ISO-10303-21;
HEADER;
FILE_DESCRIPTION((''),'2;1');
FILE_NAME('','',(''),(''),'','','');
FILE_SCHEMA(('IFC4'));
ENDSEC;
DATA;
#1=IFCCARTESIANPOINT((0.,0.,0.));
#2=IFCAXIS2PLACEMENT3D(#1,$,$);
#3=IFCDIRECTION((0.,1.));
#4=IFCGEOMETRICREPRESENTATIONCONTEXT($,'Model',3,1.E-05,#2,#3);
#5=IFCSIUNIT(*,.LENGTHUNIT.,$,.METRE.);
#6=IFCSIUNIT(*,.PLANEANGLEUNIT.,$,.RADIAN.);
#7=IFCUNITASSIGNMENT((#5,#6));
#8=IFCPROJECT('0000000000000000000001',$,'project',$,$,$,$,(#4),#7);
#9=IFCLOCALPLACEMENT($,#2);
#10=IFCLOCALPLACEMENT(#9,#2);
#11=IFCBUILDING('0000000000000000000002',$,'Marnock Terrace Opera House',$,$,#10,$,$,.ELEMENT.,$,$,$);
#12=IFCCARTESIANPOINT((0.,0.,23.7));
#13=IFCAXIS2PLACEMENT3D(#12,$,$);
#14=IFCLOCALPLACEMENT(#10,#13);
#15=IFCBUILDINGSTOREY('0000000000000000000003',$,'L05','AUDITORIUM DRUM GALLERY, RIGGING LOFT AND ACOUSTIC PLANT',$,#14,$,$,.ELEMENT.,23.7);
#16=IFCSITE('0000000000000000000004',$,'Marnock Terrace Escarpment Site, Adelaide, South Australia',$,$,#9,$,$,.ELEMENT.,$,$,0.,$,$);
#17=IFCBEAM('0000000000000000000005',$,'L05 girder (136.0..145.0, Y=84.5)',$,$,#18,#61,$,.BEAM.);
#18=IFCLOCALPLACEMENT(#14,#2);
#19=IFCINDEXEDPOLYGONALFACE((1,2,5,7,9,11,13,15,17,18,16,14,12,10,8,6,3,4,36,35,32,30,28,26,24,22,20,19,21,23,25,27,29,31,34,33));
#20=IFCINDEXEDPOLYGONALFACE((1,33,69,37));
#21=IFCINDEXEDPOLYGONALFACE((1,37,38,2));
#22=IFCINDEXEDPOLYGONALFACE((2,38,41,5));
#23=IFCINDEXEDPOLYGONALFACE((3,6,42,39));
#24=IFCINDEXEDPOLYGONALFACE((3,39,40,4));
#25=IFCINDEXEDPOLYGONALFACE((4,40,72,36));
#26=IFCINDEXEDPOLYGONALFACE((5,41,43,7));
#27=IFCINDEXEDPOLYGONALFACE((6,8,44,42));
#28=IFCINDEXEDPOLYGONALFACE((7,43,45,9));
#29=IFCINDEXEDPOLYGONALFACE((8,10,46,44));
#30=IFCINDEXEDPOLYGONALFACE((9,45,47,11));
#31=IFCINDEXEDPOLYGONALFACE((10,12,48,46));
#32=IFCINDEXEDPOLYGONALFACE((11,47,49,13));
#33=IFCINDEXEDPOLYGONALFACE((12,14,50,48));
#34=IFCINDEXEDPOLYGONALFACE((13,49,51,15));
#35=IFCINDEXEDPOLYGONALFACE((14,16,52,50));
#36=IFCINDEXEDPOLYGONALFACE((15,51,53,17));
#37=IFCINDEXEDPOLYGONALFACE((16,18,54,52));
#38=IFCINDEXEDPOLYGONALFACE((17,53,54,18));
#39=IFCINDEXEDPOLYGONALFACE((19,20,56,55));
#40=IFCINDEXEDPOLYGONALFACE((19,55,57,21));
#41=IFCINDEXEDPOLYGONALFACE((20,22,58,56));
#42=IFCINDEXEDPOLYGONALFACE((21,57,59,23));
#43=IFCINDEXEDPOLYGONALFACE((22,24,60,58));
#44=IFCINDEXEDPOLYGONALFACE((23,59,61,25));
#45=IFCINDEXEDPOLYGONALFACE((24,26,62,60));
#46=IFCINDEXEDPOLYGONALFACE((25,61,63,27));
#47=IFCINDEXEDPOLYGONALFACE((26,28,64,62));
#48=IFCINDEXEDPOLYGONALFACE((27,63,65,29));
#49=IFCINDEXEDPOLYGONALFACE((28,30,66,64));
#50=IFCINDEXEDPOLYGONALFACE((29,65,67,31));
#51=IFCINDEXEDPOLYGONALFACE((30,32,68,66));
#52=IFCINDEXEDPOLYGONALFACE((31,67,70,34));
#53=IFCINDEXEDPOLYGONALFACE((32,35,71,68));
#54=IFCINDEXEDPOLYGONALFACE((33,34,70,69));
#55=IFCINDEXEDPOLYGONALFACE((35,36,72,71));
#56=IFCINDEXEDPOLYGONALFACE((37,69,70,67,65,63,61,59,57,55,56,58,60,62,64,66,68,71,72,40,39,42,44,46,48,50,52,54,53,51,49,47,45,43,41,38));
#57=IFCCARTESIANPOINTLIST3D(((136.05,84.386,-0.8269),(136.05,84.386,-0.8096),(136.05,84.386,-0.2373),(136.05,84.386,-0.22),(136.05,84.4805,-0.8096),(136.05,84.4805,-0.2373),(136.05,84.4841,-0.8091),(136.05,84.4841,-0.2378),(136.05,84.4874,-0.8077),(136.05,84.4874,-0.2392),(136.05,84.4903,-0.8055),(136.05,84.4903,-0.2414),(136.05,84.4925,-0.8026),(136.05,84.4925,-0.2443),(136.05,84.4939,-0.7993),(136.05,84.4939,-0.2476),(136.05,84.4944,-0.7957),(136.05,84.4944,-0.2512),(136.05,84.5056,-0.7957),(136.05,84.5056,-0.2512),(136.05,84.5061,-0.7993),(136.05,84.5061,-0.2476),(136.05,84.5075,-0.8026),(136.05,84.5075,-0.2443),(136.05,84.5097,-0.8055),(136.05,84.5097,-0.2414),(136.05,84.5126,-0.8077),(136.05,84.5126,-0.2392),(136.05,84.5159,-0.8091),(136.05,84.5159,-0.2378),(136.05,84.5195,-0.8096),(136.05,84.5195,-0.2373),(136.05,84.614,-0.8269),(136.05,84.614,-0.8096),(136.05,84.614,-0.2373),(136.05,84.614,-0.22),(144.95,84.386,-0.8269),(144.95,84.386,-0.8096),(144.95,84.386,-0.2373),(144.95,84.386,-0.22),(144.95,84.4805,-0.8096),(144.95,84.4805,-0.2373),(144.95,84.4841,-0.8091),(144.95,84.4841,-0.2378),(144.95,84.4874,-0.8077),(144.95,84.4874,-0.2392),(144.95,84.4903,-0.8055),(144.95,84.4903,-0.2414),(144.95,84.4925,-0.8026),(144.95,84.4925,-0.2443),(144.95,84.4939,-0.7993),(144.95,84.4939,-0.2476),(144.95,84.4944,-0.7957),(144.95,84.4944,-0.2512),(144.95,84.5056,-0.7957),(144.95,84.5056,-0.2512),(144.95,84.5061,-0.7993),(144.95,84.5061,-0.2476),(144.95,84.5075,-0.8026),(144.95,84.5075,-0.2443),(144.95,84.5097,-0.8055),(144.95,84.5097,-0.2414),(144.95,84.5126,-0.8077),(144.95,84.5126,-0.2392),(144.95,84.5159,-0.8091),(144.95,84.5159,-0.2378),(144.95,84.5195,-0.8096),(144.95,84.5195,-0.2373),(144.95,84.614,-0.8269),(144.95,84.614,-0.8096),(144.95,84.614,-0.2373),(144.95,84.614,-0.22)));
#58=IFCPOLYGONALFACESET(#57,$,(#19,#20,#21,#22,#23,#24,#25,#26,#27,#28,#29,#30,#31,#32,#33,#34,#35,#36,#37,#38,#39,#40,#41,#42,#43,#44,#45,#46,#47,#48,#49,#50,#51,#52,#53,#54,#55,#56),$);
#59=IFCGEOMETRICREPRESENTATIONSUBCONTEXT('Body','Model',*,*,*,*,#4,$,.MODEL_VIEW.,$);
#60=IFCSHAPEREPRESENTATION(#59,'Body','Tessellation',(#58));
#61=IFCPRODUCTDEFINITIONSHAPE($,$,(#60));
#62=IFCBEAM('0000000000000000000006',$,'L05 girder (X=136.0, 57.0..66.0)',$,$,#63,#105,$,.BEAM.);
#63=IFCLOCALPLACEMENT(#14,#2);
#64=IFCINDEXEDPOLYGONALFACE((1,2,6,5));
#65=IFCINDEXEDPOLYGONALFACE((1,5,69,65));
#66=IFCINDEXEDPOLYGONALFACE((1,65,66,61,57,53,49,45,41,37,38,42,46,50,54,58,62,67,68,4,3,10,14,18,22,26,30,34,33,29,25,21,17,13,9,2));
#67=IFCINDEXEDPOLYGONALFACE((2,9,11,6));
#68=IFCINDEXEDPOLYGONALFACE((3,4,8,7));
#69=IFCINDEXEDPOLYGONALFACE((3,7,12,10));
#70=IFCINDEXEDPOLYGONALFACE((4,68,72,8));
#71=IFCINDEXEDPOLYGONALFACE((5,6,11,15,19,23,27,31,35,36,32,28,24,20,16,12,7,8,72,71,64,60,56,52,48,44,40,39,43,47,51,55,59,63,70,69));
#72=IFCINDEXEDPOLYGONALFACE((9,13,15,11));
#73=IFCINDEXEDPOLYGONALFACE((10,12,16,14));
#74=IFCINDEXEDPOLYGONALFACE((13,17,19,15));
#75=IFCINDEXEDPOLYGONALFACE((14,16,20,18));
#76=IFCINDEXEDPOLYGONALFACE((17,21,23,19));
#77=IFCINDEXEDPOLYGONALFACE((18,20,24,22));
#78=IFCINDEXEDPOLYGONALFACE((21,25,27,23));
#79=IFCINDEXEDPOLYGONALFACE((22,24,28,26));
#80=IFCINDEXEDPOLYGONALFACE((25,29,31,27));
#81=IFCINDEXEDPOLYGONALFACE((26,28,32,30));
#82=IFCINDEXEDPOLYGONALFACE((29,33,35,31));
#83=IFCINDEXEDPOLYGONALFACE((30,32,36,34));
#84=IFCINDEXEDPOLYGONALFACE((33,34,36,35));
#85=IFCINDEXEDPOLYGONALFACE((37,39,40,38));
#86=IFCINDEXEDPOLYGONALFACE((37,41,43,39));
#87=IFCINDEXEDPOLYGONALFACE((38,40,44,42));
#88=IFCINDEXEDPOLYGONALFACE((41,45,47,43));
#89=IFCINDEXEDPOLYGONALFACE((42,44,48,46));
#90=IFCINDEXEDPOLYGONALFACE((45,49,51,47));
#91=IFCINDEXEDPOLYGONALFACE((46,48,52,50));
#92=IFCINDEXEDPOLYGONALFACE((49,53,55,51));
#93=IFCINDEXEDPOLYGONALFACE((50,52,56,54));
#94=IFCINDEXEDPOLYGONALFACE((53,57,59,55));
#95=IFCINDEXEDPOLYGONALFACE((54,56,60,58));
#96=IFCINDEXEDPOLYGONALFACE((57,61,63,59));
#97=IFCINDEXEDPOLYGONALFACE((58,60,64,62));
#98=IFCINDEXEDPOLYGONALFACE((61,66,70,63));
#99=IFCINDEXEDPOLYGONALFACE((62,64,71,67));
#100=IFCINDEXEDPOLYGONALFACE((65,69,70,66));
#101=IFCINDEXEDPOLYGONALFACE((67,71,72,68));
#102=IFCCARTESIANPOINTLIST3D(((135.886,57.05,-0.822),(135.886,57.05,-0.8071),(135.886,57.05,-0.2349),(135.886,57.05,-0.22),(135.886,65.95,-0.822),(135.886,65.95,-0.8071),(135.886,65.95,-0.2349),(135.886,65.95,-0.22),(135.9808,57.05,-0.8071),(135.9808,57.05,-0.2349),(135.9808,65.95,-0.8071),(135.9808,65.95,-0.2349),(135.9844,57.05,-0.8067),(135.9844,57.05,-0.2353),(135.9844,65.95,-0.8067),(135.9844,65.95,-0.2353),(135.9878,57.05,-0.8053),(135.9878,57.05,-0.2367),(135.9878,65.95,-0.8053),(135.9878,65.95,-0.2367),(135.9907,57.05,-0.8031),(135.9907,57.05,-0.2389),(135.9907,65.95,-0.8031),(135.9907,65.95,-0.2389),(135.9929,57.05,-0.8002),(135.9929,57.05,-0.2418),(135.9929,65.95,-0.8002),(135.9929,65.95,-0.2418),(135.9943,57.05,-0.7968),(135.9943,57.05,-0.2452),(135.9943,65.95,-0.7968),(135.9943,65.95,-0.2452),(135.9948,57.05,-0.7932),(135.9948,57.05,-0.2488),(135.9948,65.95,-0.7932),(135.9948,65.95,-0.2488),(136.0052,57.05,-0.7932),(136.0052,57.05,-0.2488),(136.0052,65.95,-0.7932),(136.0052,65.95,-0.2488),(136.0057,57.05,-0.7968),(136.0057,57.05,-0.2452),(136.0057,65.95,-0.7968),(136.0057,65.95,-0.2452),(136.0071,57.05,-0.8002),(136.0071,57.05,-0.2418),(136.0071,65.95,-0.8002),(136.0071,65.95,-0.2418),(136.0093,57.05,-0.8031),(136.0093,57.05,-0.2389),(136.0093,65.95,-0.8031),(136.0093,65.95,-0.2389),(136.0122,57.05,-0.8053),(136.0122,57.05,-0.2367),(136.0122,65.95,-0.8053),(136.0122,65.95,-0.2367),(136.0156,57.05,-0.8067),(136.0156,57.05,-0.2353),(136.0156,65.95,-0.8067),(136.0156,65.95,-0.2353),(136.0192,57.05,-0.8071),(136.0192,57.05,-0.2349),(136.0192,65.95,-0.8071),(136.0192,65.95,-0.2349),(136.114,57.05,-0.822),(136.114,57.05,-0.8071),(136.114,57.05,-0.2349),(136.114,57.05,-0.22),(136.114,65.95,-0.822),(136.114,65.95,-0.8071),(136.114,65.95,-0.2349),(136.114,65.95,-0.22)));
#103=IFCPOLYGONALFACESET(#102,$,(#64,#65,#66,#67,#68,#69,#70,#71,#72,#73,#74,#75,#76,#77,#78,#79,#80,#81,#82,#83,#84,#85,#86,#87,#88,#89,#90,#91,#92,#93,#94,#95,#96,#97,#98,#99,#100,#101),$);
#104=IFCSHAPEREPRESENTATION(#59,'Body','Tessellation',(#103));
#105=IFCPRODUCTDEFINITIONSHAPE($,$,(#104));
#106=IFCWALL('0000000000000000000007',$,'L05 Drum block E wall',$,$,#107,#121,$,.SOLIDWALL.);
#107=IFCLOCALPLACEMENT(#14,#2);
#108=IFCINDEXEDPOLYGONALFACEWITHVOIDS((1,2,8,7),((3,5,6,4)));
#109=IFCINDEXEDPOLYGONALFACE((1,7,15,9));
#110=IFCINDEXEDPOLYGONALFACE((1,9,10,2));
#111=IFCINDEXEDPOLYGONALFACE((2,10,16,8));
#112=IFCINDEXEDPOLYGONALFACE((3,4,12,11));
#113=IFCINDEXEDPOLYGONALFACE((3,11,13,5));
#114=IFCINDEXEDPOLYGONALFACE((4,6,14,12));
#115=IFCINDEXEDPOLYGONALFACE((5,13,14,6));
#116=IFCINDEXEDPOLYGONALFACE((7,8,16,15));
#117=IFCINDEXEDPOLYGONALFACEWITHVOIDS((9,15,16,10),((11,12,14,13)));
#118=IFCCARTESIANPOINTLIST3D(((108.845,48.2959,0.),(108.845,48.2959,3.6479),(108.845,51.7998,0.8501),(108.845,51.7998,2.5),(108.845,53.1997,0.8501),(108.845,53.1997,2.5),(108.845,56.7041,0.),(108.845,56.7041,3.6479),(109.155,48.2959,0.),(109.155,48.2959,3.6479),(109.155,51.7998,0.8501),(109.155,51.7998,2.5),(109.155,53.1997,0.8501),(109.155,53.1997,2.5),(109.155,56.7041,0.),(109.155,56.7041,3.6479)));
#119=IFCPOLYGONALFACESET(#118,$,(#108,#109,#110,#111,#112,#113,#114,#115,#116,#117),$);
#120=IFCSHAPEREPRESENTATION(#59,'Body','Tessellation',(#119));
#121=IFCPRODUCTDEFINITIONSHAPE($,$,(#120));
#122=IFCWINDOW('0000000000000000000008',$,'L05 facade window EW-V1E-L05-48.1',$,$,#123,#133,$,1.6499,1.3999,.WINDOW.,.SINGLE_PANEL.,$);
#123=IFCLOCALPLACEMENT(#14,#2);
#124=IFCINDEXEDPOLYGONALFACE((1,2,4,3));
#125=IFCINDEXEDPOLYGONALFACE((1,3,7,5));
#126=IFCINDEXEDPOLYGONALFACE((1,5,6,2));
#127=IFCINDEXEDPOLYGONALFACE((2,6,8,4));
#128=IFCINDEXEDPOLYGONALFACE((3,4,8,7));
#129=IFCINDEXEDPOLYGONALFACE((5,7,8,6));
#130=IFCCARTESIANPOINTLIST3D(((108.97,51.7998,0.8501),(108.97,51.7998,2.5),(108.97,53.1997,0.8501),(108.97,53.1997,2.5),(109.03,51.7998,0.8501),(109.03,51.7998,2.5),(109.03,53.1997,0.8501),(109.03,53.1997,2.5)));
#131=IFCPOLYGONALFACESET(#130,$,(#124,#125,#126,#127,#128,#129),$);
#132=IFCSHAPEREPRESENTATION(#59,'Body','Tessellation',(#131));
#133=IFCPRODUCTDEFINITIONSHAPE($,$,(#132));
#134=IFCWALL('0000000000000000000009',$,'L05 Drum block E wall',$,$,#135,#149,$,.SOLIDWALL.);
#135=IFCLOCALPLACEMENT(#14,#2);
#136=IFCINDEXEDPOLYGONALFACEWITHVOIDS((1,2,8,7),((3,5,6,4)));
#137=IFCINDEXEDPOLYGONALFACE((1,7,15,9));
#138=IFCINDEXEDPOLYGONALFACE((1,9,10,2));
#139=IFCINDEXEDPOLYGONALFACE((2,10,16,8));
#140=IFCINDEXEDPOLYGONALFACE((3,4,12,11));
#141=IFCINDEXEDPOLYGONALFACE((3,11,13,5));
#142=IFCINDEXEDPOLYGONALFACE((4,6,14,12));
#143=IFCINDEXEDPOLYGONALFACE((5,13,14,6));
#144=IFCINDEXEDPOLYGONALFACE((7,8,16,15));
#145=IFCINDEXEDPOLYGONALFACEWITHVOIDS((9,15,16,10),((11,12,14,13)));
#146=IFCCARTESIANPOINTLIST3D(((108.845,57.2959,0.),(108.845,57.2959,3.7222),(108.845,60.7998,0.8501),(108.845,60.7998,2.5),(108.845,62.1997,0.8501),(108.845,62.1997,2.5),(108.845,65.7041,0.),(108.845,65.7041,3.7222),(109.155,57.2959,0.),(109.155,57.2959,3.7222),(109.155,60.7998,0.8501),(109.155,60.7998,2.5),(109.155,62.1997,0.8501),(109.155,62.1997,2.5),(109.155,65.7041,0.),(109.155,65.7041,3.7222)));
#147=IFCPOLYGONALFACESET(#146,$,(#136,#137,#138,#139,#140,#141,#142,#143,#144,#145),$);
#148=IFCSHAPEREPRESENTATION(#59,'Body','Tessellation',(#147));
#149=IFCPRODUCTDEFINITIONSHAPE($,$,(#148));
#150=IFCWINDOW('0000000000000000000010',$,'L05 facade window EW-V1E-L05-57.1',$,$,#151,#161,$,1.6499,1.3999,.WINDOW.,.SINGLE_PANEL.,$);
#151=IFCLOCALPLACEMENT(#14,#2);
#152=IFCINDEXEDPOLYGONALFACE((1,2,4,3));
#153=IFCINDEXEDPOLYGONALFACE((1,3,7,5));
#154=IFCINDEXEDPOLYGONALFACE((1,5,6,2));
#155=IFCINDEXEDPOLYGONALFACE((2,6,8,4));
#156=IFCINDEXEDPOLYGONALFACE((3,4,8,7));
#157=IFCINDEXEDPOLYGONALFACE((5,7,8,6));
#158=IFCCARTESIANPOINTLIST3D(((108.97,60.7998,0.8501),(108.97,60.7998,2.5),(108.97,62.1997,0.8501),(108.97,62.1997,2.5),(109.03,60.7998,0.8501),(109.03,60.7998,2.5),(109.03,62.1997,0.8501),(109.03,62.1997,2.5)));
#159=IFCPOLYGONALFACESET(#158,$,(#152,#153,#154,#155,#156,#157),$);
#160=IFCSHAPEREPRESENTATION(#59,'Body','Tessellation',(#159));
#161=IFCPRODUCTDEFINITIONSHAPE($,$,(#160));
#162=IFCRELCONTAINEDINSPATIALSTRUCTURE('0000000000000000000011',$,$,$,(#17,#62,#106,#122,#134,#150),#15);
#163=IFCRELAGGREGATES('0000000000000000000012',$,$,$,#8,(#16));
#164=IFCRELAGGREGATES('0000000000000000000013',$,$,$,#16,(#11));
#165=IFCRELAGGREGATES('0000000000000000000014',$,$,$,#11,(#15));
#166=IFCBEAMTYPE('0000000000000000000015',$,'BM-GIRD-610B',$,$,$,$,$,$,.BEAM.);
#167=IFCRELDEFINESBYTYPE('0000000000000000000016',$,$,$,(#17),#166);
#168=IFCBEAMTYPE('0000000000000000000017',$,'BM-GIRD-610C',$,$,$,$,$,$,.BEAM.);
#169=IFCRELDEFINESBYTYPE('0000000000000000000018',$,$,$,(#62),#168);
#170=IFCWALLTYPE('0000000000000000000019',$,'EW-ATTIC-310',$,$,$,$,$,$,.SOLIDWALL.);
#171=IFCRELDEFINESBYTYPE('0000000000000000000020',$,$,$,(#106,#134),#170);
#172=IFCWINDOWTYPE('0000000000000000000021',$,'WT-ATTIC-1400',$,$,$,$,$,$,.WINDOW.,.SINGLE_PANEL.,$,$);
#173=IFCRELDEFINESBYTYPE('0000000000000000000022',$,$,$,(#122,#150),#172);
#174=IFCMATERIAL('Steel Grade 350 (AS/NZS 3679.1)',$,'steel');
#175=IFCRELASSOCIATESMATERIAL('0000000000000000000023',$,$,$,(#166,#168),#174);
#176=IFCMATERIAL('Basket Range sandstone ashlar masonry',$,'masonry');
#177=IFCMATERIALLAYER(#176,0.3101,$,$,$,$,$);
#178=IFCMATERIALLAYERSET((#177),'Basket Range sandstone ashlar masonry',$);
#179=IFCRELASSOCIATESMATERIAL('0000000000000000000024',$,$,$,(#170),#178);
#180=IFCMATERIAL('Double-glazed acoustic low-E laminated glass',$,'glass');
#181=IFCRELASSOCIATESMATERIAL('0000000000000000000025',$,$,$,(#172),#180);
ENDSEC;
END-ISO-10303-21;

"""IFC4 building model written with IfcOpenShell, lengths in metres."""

from ifc_helpers import new_model, si_unit, direction, frame, frame_2d, origin, origin_2d, place, context, subcontext, project, spatial, rectangle, i_section, extrude, material, layer, layer_set, material_profile, profile_set, type_object, element, fill, save


model = new_model("IFC4")

# Units and contexts
model_context = context("Model", 3, precision=1e-05, world=origin(), true_north=direction((0.0, 1.0)))
body_context = subcontext(model_context, "Body", "Model", "MODEL_VIEW")
ifc_project = project(units=[si_unit("LENGTHUNIT", "METRE"), si_unit("PLANEANGLEUNIT", "RADIAN")], contexts=[model_context])

# Site, building, storey
site_placement = place(None, origin())
site = spatial("IfcSite", under=ifc_project, at=site_placement, Name="Marnock Terrace Escarpment Site, Adelaide, South Australia", CompositionType="ELEMENT", RefElevation=0.0)
building_placement = place(site_placement, origin())
building = spatial("IfcBuilding", under=site, at=building_placement, Name="Marnock Terrace Opera House", CompositionType="ELEMENT")
storey_placement = place(building_placement, frame((0.0, 0.0, 23.7)))
storey = spatial("IfcBuildingStorey", under=building, at=storey_placement, Name="L05", Description="AUDITORIUM DRUM GALLERY, RIGGING LOFT AND ACOUSTIC PLANT", CompositionType="ELEMENT", Elevation=23.7)

# Beams
ifc_material_1 = material(Name="Steel Grade 350 (AS/NZS 3679.1)", Category="steel")
ifc_material_profile_1 = material_profile(ifc_material_1, i_section(OverallWidth=0.228, OverallDepth=0.6069, WebThickness=0.0112, FlangeThickness=0.0173, FilletRadius=0.0139, at=origin_2d()))
ifc_profile_set_1 = profile_set([ifc_material_profile_1], Name="Steel Grade 350 (AS/NZS 3679.1)")
beam_type_1 = type_object("IfcBeamType", Name="BM-GIRD-610B", PredefinedType="BEAM", material=ifc_profile_set_1)
beam_1_placement = place(storey_placement, frame((136.05, 84.5, -0.5234), z_axis=(1.0, 0.0, 0.0), x_axis=(0.0, 1.0, 0.0)))
element("IfcBeam", 1, at=beam_1_placement, inside=storey, type_object=beam_type_1, Name="L05 girder (136.0..145.0, Y=84.5)", PredefinedType="BEAM", context=body_context, shape_type="SweptSolid", body=[
    extrude(i_section(OverallWidth=0.228, OverallDepth=0.6069, WebThickness=0.0112, FlangeThickness=0.0173, FilletRadius=0.0139, at=origin_2d()), origin(), (0.0, 0.0, 1.0), 8.8999),
])
ifc_material_profile_2 = material_profile(ifc_material_1, i_section(OverallWidth=0.228, OverallDepth=0.6021, WebThickness=0.0105, FlangeThickness=0.0149, FilletRadius=0.0139, at=origin_2d()))
ifc_profile_set_2 = profile_set([ifc_material_profile_2], Name="Steel Grade 350 (AS/NZS 3679.1)")
beam_type_2 = type_object("IfcBeamType", Name="BM-GIRD-610C", PredefinedType="BEAM", material=ifc_profile_set_2)
beam_2_placement = place(storey_placement, frame((136.0, 57.05, -0.521), z_axis=(0.0, 1.0, 0.0), x_axis=(-1.0, 0.0, 0.0)))
element("IfcBeam", 2, at=beam_2_placement, inside=storey, type_object=beam_type_2, Name="L05 girder (X=136.0, 57.0..66.0)", PredefinedType="BEAM", context=body_context, shape_type="SweptSolid", body=[
    extrude(i_section(OverallWidth=0.228, OverallDepth=0.6021, WebThickness=0.0105, FlangeThickness=0.0149, FilletRadius=0.0139, at=origin_2d()), origin(), (0.0, 0.0, 1.0), 8.8999),
])

# Walls, openings, windows
ifc_material_2 = material(Name="Basket Range sandstone ashlar masonry", Category="masonry")
ifc_layer_1 = layer(ifc_material_2, 0.3101)
ifc_layer_set_1 = layer_set([ifc_layer_1], Name="Basket Range sandstone ashlar masonry")
wall_type_1 = type_object("IfcWallType", Name="EW-ATTIC-310", PredefinedType="SOLIDWALL", material=ifc_layer_set_1)
wall_1_placement = place(storey_placement, frame((109.0, 48.2959, 0.0), z_axis=(0.0, 0.0, 1.0), x_axis=(0.0, 1.0, 0.0)))
wall_1 = element("IfcWall", 3, at=wall_1_placement, inside=storey, type_object=wall_type_1, Name="L05 Drum block E wall", PredefinedType="SOLIDWALL", context=body_context, shape_type="SweptSolid", body=[
    extrude(rectangle(XDim=8.4082, YDim=0.3101, at=frame_2d((4.2041, 0.0))), origin(), (0.0, 0.0, 1.0), 3.6479),
])
opening_1_placement = place(wall_1_placement, frame((3.5039, 0.0, 0.8501)))
opening_1 = element("IfcOpeningElement", 4, at=opening_1_placement, cuts=wall_1, PredefinedType="OPENING", context=body_context, shape_type="SweptSolid", body=[
    extrude(rectangle(XDim=1.3999, YDim=1.6499, at=frame_2d((0.7, 0.825))), frame((0.0, 0.165, 0.0), z_axis=(0.0, -1.0, 0.0), x_axis=(1.0, 0.0, 0.0)), (0.0, 0.0, 1.0), 0.3301),
])
ifc_material_3 = material(Name="Double-glazed acoustic low-E laminated glass", Category="glass")
window_type = type_object("IfcWindowType", Name="WT-ATTIC-1400", PartitioningType="SINGLE_PANEL", PredefinedType="WINDOW", material=ifc_material_3)
window_1_placement = place(opening_1_placement, origin())
window_1 = element("IfcWindow", 5, at=window_1_placement, inside=storey, type_object=window_type, Name="L05 facade window EW-V1E-L05-48.1", OverallHeight=1.6499, OverallWidth=1.3999, PartitioningType="SINGLE_PANEL", PredefinedType="WINDOW", context=body_context, shape_type="SweptSolid", body=[
    extrude(rectangle(XDim=1.3999, YDim=1.6499, at=frame_2d((0.7, 0.825))), frame((0.0, 0.03, 0.0), z_axis=(0.0, -1.0, 0.0), x_axis=(1.0, 0.0, 0.0)), (0.0, 0.0, 1.0), 0.0601),
])
fill(opening_1, window_1)
wall_2_placement = place(storey_placement, frame((109.0, 57.2959, 0.0), z_axis=(0.0, 0.0, 1.0), x_axis=(0.0, 1.0, 0.0)))
wall_2 = element("IfcWall", 6, at=wall_2_placement, inside=storey, type_object=wall_type_1, Name="L05 Drum block E wall", PredefinedType="SOLIDWALL", context=body_context, shape_type="SweptSolid", body=[
    extrude(rectangle(XDim=8.4082, YDim=0.3101, at=frame_2d((4.2041, 0.0))), origin(), (0.0, 0.0, 1.0), 3.7222),
])
opening_2_placement = place(wall_2_placement, frame((3.5039, 0.0, 0.8501)))
opening_2 = element("IfcOpeningElement", 7, at=opening_2_placement, cuts=wall_2, PredefinedType="OPENING", context=body_context, shape_type="SweptSolid", body=[
    extrude(rectangle(XDim=1.3999, YDim=1.6499, at=frame_2d((0.7, 0.825))), frame((0.0, 0.165, 0.0), z_axis=(0.0, -1.0, 0.0), x_axis=(1.0, 0.0, 0.0)), (0.0, 0.0, 1.0), 0.3301),
])
window_2_placement = place(opening_2_placement, origin())
window_2 = element("IfcWindow", 8, at=window_2_placement, inside=storey, type_object=window_type, Name="L05 facade window EW-V1E-L05-57.1", OverallHeight=1.6499, OverallWidth=1.3999, PartitioningType="SINGLE_PANEL", PredefinedType="WINDOW", context=body_context, shape_type="SweptSolid", body=[
    extrude(rectangle(XDim=1.3999, YDim=1.6499, at=frame_2d((0.7, 0.825))), frame((0.0, 0.03, 0.0), z_axis=(0.0, -1.0, 0.0), x_axis=(1.0, 0.0, 0.0)), (0.0, 0.0, 1.0), 0.0601),
])
fill(opening_2, window_2)

save(model, "model.ifc")
